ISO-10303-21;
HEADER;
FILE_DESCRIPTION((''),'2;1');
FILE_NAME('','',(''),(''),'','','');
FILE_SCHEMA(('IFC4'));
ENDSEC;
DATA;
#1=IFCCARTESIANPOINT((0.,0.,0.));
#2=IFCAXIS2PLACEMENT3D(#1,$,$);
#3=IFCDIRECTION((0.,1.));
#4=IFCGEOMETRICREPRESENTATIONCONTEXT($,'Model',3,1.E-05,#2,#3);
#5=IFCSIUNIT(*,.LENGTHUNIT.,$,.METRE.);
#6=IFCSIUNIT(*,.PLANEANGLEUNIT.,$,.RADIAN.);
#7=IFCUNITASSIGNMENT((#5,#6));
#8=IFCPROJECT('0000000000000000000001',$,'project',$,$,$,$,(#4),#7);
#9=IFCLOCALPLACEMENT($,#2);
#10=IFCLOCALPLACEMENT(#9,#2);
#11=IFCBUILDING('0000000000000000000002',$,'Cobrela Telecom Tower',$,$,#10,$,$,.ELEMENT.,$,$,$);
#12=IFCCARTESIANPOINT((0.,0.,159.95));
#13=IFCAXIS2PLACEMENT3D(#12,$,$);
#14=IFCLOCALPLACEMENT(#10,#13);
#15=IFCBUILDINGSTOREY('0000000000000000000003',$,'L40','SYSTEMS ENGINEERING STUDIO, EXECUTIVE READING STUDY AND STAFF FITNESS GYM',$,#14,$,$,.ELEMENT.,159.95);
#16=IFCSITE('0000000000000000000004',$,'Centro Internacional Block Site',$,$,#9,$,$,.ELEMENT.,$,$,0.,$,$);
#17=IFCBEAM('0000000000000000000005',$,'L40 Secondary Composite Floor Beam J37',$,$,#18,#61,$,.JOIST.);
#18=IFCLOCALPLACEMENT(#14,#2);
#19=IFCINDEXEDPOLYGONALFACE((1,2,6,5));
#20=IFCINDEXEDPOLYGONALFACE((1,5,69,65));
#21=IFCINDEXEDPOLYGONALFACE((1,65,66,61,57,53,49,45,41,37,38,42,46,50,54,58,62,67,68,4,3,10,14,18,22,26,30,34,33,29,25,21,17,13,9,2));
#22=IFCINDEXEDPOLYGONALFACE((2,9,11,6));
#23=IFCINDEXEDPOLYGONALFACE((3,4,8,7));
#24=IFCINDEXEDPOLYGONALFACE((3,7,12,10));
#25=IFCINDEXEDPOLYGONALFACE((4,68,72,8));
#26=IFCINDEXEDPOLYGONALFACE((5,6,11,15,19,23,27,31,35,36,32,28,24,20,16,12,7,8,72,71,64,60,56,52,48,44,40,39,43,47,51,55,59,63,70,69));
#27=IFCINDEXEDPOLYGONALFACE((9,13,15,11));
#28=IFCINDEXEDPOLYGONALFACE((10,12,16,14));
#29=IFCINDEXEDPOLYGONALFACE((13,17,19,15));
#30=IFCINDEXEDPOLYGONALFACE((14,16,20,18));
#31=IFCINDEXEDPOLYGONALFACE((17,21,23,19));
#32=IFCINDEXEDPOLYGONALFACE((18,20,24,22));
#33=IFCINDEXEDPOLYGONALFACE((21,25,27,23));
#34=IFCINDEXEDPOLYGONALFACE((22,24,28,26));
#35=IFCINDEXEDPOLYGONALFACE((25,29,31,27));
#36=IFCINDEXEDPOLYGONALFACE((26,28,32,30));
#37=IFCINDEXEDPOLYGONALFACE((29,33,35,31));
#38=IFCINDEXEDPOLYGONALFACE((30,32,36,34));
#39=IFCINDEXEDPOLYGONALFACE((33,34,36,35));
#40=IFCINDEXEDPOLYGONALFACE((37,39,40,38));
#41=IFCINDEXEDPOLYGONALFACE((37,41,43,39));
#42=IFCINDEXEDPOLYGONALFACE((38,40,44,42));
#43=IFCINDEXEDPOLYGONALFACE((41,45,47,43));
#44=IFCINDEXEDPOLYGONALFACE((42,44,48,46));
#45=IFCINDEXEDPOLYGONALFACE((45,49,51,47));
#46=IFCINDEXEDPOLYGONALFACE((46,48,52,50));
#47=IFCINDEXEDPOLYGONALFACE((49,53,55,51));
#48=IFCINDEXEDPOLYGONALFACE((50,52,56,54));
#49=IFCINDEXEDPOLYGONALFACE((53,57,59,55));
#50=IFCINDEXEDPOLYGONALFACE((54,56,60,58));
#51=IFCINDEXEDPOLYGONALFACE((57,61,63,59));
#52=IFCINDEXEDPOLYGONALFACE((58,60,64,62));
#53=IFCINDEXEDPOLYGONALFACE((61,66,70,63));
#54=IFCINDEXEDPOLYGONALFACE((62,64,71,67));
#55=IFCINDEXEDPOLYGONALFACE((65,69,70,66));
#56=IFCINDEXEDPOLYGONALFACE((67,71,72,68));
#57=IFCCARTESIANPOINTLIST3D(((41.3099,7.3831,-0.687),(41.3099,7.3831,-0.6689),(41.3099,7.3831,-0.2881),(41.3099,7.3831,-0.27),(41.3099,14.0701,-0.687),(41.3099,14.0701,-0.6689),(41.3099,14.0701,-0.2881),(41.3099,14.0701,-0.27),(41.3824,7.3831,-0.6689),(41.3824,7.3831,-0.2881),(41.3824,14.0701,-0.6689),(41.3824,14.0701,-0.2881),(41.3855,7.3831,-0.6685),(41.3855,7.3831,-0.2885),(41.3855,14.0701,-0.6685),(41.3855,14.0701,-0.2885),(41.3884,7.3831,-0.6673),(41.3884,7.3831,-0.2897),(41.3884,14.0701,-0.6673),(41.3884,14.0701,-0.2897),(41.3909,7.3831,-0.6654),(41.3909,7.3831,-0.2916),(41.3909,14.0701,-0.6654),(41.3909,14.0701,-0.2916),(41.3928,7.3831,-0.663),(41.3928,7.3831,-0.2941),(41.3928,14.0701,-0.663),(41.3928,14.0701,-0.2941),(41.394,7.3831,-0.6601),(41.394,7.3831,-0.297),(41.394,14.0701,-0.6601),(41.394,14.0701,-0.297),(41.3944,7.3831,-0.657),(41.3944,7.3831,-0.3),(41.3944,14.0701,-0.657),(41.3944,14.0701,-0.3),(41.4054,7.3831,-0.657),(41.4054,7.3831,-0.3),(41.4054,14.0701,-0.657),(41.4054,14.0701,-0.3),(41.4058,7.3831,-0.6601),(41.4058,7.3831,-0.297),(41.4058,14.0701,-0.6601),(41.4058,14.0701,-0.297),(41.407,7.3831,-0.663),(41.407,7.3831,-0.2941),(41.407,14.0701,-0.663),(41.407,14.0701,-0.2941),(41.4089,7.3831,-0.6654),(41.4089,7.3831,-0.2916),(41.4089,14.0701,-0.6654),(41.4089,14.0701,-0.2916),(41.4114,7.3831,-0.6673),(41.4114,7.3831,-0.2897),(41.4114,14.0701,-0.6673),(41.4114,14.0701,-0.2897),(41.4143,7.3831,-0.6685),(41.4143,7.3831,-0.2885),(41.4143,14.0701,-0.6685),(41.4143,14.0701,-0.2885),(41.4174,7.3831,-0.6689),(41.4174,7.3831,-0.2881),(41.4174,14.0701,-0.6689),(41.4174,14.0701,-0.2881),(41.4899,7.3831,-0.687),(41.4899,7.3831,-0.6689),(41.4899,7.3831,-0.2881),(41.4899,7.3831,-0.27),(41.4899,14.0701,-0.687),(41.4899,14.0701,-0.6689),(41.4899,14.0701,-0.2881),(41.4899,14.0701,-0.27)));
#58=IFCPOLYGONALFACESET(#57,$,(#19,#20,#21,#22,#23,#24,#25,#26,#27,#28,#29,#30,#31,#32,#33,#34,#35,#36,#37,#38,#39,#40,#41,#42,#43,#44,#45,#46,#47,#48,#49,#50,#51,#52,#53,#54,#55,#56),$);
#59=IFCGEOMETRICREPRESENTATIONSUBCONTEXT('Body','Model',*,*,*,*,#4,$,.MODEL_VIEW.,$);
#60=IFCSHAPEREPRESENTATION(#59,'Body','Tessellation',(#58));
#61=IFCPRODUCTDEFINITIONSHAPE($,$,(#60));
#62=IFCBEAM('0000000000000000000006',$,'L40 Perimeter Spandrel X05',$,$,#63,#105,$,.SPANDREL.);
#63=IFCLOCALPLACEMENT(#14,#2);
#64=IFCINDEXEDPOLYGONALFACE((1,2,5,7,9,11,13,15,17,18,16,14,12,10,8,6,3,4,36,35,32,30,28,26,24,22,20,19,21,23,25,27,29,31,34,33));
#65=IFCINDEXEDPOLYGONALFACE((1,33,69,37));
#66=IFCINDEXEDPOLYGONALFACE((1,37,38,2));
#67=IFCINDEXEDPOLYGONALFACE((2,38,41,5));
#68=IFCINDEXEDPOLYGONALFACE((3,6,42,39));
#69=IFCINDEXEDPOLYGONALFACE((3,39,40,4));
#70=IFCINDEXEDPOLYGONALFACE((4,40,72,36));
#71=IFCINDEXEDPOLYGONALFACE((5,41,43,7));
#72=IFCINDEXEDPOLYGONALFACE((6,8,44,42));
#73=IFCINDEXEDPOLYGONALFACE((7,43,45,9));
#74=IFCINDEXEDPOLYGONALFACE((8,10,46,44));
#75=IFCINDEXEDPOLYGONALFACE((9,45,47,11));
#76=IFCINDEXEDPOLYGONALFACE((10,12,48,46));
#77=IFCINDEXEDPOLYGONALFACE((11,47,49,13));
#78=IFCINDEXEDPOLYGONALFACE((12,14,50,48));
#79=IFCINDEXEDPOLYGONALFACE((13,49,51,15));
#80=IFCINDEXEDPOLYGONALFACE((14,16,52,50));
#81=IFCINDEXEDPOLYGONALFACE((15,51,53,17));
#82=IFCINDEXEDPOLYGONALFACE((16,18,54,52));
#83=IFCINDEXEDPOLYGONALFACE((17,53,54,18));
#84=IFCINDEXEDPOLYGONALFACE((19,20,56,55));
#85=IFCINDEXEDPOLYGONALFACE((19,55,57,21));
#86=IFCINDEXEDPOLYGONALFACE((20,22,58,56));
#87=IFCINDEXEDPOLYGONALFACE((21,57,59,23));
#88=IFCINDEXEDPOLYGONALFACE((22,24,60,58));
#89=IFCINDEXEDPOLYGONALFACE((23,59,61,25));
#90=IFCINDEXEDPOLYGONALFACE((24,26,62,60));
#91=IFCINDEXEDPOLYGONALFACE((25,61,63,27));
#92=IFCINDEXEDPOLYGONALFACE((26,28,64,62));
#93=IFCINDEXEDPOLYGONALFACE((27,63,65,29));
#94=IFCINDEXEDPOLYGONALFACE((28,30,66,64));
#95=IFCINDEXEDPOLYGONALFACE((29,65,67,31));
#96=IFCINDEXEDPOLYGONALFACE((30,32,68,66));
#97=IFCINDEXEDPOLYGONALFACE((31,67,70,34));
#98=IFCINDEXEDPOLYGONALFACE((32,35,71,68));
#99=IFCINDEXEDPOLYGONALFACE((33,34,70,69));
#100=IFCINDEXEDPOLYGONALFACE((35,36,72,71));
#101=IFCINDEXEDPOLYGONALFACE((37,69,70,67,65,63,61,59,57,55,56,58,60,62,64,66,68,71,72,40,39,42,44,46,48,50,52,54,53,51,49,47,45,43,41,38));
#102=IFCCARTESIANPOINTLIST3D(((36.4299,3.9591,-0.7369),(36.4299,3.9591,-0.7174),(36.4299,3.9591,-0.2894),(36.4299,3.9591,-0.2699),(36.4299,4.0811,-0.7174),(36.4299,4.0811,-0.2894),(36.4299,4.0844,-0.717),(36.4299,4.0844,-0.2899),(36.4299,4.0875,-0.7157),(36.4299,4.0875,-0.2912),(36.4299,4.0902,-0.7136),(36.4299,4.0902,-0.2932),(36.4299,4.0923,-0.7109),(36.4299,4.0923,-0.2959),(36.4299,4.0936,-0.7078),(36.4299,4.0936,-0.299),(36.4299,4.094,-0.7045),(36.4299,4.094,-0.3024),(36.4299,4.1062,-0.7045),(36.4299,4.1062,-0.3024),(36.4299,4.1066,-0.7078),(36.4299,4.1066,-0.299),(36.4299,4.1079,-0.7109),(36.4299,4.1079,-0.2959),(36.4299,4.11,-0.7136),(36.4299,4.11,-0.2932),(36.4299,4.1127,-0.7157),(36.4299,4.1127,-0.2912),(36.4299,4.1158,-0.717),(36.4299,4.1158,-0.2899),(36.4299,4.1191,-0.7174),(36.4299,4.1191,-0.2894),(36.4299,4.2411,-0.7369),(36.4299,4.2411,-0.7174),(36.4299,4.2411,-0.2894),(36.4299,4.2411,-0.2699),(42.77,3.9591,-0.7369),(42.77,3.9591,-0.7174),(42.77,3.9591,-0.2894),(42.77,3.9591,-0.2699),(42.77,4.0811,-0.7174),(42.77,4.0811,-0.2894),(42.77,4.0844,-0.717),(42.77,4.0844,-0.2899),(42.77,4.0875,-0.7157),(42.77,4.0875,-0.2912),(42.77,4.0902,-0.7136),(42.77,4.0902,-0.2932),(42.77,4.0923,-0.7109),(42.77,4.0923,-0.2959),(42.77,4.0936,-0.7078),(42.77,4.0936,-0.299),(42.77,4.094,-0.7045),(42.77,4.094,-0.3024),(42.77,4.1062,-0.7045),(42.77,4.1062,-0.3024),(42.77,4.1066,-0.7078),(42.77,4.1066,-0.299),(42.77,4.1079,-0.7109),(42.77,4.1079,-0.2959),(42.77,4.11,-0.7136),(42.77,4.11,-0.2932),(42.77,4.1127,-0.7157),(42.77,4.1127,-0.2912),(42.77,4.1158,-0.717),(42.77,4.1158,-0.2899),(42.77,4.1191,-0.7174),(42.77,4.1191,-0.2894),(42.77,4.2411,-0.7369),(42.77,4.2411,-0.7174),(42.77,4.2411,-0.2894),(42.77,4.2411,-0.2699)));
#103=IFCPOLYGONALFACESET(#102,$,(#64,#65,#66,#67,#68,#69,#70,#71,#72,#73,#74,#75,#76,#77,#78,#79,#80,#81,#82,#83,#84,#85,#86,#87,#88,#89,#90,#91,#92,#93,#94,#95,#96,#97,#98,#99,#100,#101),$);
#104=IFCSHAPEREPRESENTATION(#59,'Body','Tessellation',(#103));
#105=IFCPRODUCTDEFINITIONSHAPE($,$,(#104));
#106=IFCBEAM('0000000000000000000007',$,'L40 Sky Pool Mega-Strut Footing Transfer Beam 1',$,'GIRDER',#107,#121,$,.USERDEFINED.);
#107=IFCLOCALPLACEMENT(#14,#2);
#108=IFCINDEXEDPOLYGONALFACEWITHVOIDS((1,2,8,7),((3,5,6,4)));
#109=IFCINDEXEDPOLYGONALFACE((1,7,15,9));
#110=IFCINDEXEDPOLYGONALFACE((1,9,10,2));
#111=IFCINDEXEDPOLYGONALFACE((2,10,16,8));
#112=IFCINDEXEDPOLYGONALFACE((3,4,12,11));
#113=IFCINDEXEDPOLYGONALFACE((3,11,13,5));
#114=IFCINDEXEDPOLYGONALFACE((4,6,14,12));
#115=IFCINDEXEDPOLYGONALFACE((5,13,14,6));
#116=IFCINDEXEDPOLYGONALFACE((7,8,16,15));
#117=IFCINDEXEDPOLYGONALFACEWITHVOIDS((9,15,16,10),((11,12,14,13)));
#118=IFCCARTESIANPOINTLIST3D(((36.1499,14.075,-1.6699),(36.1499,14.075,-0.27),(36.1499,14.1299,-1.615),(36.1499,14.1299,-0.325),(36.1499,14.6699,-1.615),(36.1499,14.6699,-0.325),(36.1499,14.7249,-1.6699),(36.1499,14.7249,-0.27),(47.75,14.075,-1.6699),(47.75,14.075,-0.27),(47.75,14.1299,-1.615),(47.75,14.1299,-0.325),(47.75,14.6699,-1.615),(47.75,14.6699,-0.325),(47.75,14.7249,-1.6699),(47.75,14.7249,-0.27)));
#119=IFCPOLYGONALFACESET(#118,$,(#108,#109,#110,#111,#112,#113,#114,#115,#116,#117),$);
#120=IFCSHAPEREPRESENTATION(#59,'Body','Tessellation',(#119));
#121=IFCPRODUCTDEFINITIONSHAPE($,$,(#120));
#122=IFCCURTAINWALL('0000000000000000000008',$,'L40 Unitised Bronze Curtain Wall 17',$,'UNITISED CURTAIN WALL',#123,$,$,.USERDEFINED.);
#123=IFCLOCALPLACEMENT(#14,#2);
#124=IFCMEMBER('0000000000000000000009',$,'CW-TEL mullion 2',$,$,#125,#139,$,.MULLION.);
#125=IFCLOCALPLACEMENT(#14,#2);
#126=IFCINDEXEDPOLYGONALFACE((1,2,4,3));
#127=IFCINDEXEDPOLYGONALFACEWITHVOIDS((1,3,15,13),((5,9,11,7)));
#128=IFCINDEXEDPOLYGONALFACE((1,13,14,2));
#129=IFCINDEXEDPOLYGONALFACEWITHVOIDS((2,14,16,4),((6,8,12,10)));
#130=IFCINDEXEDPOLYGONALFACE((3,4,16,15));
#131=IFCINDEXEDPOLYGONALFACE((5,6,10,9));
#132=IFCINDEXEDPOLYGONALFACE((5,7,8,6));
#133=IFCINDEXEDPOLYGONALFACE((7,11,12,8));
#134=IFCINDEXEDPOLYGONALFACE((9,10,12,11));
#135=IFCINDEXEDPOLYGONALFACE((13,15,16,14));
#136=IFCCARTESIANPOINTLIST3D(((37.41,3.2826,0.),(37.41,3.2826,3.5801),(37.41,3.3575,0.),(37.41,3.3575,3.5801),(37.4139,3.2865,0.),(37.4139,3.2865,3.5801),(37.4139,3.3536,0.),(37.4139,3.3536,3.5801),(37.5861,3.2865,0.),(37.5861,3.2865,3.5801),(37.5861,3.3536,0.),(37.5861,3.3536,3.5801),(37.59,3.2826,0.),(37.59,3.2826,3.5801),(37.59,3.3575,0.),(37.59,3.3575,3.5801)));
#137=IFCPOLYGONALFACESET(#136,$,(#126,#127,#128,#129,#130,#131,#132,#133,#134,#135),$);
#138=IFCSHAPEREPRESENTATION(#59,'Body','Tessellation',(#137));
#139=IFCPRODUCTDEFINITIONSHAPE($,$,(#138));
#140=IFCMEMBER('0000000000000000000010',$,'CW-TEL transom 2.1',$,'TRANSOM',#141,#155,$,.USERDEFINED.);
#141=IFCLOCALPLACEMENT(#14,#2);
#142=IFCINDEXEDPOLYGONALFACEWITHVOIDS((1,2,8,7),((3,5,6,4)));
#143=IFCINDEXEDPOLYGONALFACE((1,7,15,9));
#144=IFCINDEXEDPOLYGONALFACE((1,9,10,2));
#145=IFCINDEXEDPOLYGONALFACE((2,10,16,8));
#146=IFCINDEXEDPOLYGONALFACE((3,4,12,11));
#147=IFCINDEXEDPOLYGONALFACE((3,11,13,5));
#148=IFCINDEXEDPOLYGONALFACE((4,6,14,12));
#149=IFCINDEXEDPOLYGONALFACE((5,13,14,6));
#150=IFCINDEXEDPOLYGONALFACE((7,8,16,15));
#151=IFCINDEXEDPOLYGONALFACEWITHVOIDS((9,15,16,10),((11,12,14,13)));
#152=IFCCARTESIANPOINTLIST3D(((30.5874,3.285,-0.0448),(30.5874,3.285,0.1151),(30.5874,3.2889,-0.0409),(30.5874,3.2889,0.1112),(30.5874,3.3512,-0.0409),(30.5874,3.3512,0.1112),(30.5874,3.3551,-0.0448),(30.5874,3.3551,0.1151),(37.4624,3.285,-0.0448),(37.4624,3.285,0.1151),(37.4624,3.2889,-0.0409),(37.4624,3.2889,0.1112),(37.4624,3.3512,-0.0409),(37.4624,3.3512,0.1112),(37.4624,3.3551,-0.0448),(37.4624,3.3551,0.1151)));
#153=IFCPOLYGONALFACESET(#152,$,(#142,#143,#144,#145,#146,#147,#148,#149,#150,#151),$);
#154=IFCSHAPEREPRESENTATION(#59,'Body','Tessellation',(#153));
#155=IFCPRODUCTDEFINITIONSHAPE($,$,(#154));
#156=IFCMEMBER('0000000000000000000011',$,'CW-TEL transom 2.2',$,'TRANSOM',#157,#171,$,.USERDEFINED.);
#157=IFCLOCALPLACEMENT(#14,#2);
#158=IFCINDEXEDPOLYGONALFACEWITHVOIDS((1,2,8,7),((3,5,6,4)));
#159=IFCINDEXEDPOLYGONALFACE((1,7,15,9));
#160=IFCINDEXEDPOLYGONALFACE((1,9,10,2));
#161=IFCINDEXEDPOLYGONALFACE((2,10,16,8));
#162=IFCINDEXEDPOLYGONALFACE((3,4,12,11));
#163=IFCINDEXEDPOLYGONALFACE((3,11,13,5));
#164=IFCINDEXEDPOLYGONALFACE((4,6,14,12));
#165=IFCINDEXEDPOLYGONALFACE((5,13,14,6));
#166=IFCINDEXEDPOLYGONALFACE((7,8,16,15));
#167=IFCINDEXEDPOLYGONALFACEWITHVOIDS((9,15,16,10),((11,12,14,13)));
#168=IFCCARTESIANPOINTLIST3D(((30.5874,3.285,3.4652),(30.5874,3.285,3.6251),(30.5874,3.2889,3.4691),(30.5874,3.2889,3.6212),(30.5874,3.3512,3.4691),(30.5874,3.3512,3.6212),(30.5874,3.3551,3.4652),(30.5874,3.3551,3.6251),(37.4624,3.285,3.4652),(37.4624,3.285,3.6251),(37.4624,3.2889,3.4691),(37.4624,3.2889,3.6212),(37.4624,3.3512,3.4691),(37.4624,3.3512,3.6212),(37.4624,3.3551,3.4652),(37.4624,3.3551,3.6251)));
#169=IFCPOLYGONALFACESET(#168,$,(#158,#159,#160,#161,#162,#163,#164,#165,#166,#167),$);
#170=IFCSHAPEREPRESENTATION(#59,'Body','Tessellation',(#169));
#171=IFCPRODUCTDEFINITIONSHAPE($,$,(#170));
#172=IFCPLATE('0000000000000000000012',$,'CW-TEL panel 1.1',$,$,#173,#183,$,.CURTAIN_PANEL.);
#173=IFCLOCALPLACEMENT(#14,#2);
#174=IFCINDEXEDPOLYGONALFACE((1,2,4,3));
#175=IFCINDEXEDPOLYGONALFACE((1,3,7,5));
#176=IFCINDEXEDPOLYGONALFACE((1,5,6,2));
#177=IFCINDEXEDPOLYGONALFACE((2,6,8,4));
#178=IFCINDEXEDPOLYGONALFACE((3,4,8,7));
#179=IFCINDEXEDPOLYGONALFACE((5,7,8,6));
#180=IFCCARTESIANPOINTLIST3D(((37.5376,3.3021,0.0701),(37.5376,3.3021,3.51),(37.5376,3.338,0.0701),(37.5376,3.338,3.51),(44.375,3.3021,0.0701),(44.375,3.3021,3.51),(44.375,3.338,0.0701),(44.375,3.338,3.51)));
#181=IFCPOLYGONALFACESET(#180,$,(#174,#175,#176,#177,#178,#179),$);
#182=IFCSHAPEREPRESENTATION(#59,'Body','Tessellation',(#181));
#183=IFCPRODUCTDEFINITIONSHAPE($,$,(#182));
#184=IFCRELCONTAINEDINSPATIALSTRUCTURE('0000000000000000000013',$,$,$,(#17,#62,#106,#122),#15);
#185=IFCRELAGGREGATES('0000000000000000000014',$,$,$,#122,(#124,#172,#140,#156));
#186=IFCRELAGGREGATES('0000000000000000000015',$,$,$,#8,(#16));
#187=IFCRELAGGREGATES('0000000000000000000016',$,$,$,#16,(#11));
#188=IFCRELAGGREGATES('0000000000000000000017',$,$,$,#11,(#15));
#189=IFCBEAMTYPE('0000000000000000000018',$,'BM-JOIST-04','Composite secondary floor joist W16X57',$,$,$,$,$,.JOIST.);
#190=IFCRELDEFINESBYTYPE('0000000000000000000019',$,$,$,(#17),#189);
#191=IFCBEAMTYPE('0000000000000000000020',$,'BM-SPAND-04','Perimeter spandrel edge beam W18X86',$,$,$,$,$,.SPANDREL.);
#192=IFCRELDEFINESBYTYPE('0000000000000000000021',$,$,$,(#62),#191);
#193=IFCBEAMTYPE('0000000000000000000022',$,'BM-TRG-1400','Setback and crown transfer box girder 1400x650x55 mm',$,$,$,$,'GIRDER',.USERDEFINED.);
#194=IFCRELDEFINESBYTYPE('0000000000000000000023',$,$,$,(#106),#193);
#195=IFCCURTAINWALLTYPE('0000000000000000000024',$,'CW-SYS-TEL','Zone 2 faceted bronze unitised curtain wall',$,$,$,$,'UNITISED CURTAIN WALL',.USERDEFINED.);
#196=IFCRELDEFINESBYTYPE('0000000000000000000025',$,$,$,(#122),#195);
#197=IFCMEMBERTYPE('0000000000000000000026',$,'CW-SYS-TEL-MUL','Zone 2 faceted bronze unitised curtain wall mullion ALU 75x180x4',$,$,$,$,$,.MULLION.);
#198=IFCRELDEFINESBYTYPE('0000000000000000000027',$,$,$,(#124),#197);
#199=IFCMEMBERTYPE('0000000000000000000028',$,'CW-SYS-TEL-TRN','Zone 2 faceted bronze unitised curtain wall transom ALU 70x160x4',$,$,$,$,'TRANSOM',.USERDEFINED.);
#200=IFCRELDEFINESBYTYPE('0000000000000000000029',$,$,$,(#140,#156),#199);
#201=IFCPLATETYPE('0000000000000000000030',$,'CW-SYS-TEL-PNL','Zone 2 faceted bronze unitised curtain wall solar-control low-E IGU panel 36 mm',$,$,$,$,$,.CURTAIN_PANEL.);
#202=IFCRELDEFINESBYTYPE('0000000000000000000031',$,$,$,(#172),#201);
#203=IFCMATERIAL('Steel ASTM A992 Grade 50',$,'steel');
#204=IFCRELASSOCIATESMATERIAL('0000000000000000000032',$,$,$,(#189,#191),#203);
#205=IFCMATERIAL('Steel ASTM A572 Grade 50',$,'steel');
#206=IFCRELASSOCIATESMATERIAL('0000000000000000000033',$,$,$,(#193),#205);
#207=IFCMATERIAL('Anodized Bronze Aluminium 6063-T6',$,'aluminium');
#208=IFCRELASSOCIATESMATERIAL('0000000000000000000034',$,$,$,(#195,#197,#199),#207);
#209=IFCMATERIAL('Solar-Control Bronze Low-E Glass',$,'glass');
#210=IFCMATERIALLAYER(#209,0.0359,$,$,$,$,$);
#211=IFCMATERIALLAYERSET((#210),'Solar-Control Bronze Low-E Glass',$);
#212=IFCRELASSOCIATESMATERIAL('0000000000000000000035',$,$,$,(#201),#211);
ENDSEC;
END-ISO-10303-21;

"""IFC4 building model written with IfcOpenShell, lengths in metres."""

from ifc_helpers import new_model, si_unit, direction, frame, origin, origin_2d, place, context, subcontext, project, spatial, rectangle, hollow_rectangle, i_section, extrude, material, layer, layer_set, material_profile, profile_set, type_object, element, aggregate, save


model = new_model("IFC4")

# Units and contexts
model_context = context("Model", 3, precision=1e-05, world=origin(), true_north=direction((0.0, 1.0)))
body_context = subcontext(model_context, "Body", "Model", "MODEL_VIEW")
ifc_project = project(units=[si_unit("LENGTHUNIT", "METRE"), si_unit("PLANEANGLEUNIT", "RADIAN")], contexts=[model_context])

# Site, building, storey
site_placement = place(None, origin())
site = spatial("IfcSite", under=ifc_project, at=site_placement, Name="Centro Internacional Block Site", CompositionType="ELEMENT", RefElevation=0.0)
building_placement = place(site_placement, origin())
building = spatial("IfcBuilding", under=site, at=building_placement, Name="Cobrela Telecom Tower", CompositionType="ELEMENT")
storey_placement = place(building_placement, frame((0.0, 0.0, 159.95)))
storey = spatial("IfcBuildingStorey", under=building, at=storey_placement, Name="L40", Description="SYSTEMS ENGINEERING STUDIO, EXECUTIVE READING STUDY AND STAFF FITNESS GYM", CompositionType="ELEMENT", Elevation=159.95)

# Shared definitions
ifc_material_1 = material(Name="Steel ASTM A992 Grade 50", Category="steel")
ifc_material_2 = material(Name="Steel ASTM A572 Grade 50", Category="steel")

# Beams
ifc_material_profile_1 = material_profile(ifc_material_1, i_section(OverallWidth=0.1799, OverallDepth=0.417, WebThickness=0.011, FlangeThickness=0.0181, FilletRadius=0.012, at=origin_2d()), Name="W16X57")
ifc_profile_set_1 = profile_set([ifc_material_profile_1], Name="Steel ASTM A992 Grade 50")
beam_type_1 = type_object("IfcBeamType", Name="BM-JOIST-04", Description="Composite secondary floor joist W16X57", PredefinedType="JOIST", material=ifc_profile_set_1)
for number, where, z_axis, x_axis, name in (
    (1, (41.3999, 7.3831, -0.4785), (0.0, 1.0, 0.0), (-1.0, 0.0, 0.0), "L40 Secondary Composite Floor Beam J37"),
):
    element("IfcBeam", number, at=place(storey_placement, frame(where, z_axis=z_axis, x_axis=x_axis)), inside=storey, type_object=beam_type_1, Name=name, PredefinedType="JOIST", context=body_context, shape_type="SweptSolid", body=[
        extrude(i_section(OverallWidth=0.1799, OverallDepth=0.417, WebThickness=0.011, FlangeThickness=0.0181, FilletRadius=0.012, at=origin_2d()), origin(), (0.0, 0.0, 1.0), 6.687),
    ])
ifc_material_profile_2 = material_profile(ifc_material_1, i_section(OverallWidth=0.282, OverallDepth=0.467, WebThickness=0.0122, FlangeThickness=0.0195, FilletRadius=0.0129, at=origin_2d()), Name="W18X86")
ifc_profile_set_2 = profile_set([ifc_material_profile_2], Name="Steel ASTM A992 Grade 50")
beam_type_2 = type_object("IfcBeamType", Name="BM-SPAND-04", Description="Perimeter spandrel edge beam W18X86", PredefinedType="SPANDREL", material=ifc_profile_set_2)
beam_1_placement = place(storey_placement, frame((36.4299, 4.1001, -0.5034), z_axis=(1.0, 0.0, 0.0), x_axis=(0.0, 1.0, 0.0)))
element("IfcBeam", 2, at=beam_1_placement, inside=storey, type_object=beam_type_2, Name="L40 Perimeter Spandrel X05", PredefinedType="SPANDREL", context=body_context, shape_type="SweptSolid", body=[
    extrude(i_section(OverallWidth=0.282, OverallDepth=0.467, WebThickness=0.0122, FlangeThickness=0.0195, FilletRadius=0.0129, at=origin_2d()), origin(), (0.0, 0.0, 1.0), 6.3401),
])
ifc_material_profile_3 = material_profile(ifc_material_2, hollow_rectangle(XDim=0.6499, YDim=1.3999, WallThickness=0.0549, at=origin_2d()), Name="BOX 1400x650x55")
ifc_profile_set_3 = profile_set([ifc_material_profile_3], Name="Steel ASTM A572 Grade 50")
beam_type_3 = type_object("IfcBeamType", Name="BM-TRG-1400", Description="Setback and crown transfer box girder 1400x650x55 mm", ElementType="GIRDER", PredefinedType="USERDEFINED", material=ifc_profile_set_3)
beam_2_placement = place(storey_placement, frame((36.1499, 14.3999, -0.97), z_axis=(1.0, 0.0, 0.0), x_axis=(0.0, 1.0, 0.0)))
element("IfcBeam", 3, at=beam_2_placement, inside=storey, type_object=beam_type_3, Name="L40 Sky Pool Mega-Strut Footing Transfer Beam 1", ObjectType="GIRDER", PredefinedType="USERDEFINED", context=body_context, shape_type="SweptSolid", body=[
    extrude(hollow_rectangle(XDim=0.6499, YDim=1.3999, WallThickness=0.0549, at=origin_2d()), origin(), (0.0, 0.0, 1.0), 11.6001),
])

# Curtain wall, members, plate
ifc_material_3 = material(Name="Anodized Bronze Aluminium 6063-T6", Category="aluminium")
curtain_wall_type = type_object("IfcCurtainWallType", Name="CW-SYS-TEL", Description="Zone 2 faceted bronze unitised curtain wall", ElementType="UNITISED CURTAIN WALL", PredefinedType="USERDEFINED", material=ifc_material_3)
curtain_wall_placement = place(storey_placement, origin())
curtain_wall = element("IfcCurtainWall", 4, at=curtain_wall_placement, inside=storey, type_object=curtain_wall_type, Name="L40 Unitised Bronze Curtain Wall 17", ObjectType="UNITISED CURTAIN WALL", PredefinedType="USERDEFINED")
ifc_material_profile_4 = material_profile(ifc_material_3, hollow_rectangle(XDim=0.075, YDim=0.1799, WallThickness=0.0039, at=origin_2d()), Name="ALU 75x180x4")
ifc_profile_set_4 = profile_set([ifc_material_profile_4], Name="Anodized Bronze Aluminium 6063-T6")
member_type_1 = type_object("IfcMemberType", Name="CW-SYS-TEL-MUL", Description="Zone 2 faceted bronze unitised curtain wall mullion ALU 75x180x4", PredefinedType="MULLION", material=ifc_profile_set_4)
member_1_placement = place(storey_placement, frame((37.5, 3.3201, 0.0), z_axis=(0.0, 0.0, 1.0), x_axis=(0.0, -1.0, 0.0)))
member_1 = element("IfcMember", 5, at=member_1_placement, type_object=member_type_1, Name="CW-TEL mullion 2", PredefinedType="MULLION", context=body_context, shape_type="SweptSolid", body=[
    extrude(hollow_rectangle(XDim=0.075, YDim=0.1799, WallThickness=0.0039, at=origin_2d()), origin(), (0.0, 0.0, 1.0), 3.5801),
])
ifc_material_profile_5 = material_profile(ifc_material_3, hollow_rectangle(XDim=0.0701, YDim=0.1599, WallThickness=0.0039, at=origin_2d()), Name="ALU 70x160x4")
ifc_profile_set_5 = profile_set([ifc_material_profile_5], Name="Anodized Bronze Aluminium 6063-T6")
member_type_2 = type_object("IfcMemberType", Name="CW-SYS-TEL-TRN", Description="Zone 2 faceted bronze unitised curtain wall transom ALU 70x160x4", ElementType="TRANSOM", PredefinedType="USERDEFINED", material=ifc_profile_set_5)
member_2_placement = place(storey_placement, frame((37.4624, 3.3201, 0.0352), z_axis=(-1.0, 0.0, 0.0), x_axis=(0.0, -1.0, 0.0)))
member_2 = element("IfcMember", 6, at=member_2_placement, type_object=member_type_2, Name="CW-TEL transom 2.1", ObjectType="TRANSOM", PredefinedType="USERDEFINED", context=body_context, shape_type="SweptSolid", body=[
    extrude(hollow_rectangle(XDim=0.0701, YDim=0.1599, WallThickness=0.0039, at=origin_2d()), origin(), (0.0, 0.0, 1.0), 6.875),
])
member_3_placement = place(storey_placement, frame((37.4624, 3.3201, 3.5452), z_axis=(-1.0, 0.0, 0.0), x_axis=(0.0, -1.0, 0.0)))
member_3 = element("IfcMember", 7, at=member_3_placement, type_object=member_type_2, Name="CW-TEL transom 2.2", ObjectType="TRANSOM", PredefinedType="USERDEFINED", context=body_context, shape_type="SweptSolid", body=[
    extrude(hollow_rectangle(XDim=0.0701, YDim=0.1599, WallThickness=0.0039, at=origin_2d()), origin(), (0.0, 0.0, 1.0), 6.875),
])
ifc_material_4 = material(Name="Solar-Control Bronze Low-E Glass", Category="glass")
ifc_layer_1 = layer(ifc_material_4, 0.0359)
ifc_layer_set_1 = layer_set([ifc_layer_1], Name="Solar-Control Bronze Low-E Glass")
plate_type_1 = type_object("IfcPlateType", Name="CW-SYS-TEL-PNL", Description="Zone 2 faceted bronze unitised curtain wall solar-control low-E IGU panel 36 mm", PredefinedType="CURTAIN_PANEL", material=ifc_layer_set_1)
plate_1_placement = place(storey_placement, frame((40.9563, 3.3201, 0.0701), z_axis=(0.0, 0.0, 1.0), x_axis=(-1.0, 0.0, 0.0)))
plate_1 = element("IfcPlate", 8, at=plate_1_placement, type_object=plate_type_1, Name="CW-TEL panel 1.1", PredefinedType="CURTAIN_PANEL", context=body_context, shape_type="SweptSolid", body=[
    extrude(rectangle(XDim=6.8374, YDim=0.0359, at=origin_2d()), origin(), (0.0, 0.0, 1.0), 3.4399),
])
aggregate(curtain_wall, [member_1, plate_1, member_2, member_3])

save(model, "model.ifc")
